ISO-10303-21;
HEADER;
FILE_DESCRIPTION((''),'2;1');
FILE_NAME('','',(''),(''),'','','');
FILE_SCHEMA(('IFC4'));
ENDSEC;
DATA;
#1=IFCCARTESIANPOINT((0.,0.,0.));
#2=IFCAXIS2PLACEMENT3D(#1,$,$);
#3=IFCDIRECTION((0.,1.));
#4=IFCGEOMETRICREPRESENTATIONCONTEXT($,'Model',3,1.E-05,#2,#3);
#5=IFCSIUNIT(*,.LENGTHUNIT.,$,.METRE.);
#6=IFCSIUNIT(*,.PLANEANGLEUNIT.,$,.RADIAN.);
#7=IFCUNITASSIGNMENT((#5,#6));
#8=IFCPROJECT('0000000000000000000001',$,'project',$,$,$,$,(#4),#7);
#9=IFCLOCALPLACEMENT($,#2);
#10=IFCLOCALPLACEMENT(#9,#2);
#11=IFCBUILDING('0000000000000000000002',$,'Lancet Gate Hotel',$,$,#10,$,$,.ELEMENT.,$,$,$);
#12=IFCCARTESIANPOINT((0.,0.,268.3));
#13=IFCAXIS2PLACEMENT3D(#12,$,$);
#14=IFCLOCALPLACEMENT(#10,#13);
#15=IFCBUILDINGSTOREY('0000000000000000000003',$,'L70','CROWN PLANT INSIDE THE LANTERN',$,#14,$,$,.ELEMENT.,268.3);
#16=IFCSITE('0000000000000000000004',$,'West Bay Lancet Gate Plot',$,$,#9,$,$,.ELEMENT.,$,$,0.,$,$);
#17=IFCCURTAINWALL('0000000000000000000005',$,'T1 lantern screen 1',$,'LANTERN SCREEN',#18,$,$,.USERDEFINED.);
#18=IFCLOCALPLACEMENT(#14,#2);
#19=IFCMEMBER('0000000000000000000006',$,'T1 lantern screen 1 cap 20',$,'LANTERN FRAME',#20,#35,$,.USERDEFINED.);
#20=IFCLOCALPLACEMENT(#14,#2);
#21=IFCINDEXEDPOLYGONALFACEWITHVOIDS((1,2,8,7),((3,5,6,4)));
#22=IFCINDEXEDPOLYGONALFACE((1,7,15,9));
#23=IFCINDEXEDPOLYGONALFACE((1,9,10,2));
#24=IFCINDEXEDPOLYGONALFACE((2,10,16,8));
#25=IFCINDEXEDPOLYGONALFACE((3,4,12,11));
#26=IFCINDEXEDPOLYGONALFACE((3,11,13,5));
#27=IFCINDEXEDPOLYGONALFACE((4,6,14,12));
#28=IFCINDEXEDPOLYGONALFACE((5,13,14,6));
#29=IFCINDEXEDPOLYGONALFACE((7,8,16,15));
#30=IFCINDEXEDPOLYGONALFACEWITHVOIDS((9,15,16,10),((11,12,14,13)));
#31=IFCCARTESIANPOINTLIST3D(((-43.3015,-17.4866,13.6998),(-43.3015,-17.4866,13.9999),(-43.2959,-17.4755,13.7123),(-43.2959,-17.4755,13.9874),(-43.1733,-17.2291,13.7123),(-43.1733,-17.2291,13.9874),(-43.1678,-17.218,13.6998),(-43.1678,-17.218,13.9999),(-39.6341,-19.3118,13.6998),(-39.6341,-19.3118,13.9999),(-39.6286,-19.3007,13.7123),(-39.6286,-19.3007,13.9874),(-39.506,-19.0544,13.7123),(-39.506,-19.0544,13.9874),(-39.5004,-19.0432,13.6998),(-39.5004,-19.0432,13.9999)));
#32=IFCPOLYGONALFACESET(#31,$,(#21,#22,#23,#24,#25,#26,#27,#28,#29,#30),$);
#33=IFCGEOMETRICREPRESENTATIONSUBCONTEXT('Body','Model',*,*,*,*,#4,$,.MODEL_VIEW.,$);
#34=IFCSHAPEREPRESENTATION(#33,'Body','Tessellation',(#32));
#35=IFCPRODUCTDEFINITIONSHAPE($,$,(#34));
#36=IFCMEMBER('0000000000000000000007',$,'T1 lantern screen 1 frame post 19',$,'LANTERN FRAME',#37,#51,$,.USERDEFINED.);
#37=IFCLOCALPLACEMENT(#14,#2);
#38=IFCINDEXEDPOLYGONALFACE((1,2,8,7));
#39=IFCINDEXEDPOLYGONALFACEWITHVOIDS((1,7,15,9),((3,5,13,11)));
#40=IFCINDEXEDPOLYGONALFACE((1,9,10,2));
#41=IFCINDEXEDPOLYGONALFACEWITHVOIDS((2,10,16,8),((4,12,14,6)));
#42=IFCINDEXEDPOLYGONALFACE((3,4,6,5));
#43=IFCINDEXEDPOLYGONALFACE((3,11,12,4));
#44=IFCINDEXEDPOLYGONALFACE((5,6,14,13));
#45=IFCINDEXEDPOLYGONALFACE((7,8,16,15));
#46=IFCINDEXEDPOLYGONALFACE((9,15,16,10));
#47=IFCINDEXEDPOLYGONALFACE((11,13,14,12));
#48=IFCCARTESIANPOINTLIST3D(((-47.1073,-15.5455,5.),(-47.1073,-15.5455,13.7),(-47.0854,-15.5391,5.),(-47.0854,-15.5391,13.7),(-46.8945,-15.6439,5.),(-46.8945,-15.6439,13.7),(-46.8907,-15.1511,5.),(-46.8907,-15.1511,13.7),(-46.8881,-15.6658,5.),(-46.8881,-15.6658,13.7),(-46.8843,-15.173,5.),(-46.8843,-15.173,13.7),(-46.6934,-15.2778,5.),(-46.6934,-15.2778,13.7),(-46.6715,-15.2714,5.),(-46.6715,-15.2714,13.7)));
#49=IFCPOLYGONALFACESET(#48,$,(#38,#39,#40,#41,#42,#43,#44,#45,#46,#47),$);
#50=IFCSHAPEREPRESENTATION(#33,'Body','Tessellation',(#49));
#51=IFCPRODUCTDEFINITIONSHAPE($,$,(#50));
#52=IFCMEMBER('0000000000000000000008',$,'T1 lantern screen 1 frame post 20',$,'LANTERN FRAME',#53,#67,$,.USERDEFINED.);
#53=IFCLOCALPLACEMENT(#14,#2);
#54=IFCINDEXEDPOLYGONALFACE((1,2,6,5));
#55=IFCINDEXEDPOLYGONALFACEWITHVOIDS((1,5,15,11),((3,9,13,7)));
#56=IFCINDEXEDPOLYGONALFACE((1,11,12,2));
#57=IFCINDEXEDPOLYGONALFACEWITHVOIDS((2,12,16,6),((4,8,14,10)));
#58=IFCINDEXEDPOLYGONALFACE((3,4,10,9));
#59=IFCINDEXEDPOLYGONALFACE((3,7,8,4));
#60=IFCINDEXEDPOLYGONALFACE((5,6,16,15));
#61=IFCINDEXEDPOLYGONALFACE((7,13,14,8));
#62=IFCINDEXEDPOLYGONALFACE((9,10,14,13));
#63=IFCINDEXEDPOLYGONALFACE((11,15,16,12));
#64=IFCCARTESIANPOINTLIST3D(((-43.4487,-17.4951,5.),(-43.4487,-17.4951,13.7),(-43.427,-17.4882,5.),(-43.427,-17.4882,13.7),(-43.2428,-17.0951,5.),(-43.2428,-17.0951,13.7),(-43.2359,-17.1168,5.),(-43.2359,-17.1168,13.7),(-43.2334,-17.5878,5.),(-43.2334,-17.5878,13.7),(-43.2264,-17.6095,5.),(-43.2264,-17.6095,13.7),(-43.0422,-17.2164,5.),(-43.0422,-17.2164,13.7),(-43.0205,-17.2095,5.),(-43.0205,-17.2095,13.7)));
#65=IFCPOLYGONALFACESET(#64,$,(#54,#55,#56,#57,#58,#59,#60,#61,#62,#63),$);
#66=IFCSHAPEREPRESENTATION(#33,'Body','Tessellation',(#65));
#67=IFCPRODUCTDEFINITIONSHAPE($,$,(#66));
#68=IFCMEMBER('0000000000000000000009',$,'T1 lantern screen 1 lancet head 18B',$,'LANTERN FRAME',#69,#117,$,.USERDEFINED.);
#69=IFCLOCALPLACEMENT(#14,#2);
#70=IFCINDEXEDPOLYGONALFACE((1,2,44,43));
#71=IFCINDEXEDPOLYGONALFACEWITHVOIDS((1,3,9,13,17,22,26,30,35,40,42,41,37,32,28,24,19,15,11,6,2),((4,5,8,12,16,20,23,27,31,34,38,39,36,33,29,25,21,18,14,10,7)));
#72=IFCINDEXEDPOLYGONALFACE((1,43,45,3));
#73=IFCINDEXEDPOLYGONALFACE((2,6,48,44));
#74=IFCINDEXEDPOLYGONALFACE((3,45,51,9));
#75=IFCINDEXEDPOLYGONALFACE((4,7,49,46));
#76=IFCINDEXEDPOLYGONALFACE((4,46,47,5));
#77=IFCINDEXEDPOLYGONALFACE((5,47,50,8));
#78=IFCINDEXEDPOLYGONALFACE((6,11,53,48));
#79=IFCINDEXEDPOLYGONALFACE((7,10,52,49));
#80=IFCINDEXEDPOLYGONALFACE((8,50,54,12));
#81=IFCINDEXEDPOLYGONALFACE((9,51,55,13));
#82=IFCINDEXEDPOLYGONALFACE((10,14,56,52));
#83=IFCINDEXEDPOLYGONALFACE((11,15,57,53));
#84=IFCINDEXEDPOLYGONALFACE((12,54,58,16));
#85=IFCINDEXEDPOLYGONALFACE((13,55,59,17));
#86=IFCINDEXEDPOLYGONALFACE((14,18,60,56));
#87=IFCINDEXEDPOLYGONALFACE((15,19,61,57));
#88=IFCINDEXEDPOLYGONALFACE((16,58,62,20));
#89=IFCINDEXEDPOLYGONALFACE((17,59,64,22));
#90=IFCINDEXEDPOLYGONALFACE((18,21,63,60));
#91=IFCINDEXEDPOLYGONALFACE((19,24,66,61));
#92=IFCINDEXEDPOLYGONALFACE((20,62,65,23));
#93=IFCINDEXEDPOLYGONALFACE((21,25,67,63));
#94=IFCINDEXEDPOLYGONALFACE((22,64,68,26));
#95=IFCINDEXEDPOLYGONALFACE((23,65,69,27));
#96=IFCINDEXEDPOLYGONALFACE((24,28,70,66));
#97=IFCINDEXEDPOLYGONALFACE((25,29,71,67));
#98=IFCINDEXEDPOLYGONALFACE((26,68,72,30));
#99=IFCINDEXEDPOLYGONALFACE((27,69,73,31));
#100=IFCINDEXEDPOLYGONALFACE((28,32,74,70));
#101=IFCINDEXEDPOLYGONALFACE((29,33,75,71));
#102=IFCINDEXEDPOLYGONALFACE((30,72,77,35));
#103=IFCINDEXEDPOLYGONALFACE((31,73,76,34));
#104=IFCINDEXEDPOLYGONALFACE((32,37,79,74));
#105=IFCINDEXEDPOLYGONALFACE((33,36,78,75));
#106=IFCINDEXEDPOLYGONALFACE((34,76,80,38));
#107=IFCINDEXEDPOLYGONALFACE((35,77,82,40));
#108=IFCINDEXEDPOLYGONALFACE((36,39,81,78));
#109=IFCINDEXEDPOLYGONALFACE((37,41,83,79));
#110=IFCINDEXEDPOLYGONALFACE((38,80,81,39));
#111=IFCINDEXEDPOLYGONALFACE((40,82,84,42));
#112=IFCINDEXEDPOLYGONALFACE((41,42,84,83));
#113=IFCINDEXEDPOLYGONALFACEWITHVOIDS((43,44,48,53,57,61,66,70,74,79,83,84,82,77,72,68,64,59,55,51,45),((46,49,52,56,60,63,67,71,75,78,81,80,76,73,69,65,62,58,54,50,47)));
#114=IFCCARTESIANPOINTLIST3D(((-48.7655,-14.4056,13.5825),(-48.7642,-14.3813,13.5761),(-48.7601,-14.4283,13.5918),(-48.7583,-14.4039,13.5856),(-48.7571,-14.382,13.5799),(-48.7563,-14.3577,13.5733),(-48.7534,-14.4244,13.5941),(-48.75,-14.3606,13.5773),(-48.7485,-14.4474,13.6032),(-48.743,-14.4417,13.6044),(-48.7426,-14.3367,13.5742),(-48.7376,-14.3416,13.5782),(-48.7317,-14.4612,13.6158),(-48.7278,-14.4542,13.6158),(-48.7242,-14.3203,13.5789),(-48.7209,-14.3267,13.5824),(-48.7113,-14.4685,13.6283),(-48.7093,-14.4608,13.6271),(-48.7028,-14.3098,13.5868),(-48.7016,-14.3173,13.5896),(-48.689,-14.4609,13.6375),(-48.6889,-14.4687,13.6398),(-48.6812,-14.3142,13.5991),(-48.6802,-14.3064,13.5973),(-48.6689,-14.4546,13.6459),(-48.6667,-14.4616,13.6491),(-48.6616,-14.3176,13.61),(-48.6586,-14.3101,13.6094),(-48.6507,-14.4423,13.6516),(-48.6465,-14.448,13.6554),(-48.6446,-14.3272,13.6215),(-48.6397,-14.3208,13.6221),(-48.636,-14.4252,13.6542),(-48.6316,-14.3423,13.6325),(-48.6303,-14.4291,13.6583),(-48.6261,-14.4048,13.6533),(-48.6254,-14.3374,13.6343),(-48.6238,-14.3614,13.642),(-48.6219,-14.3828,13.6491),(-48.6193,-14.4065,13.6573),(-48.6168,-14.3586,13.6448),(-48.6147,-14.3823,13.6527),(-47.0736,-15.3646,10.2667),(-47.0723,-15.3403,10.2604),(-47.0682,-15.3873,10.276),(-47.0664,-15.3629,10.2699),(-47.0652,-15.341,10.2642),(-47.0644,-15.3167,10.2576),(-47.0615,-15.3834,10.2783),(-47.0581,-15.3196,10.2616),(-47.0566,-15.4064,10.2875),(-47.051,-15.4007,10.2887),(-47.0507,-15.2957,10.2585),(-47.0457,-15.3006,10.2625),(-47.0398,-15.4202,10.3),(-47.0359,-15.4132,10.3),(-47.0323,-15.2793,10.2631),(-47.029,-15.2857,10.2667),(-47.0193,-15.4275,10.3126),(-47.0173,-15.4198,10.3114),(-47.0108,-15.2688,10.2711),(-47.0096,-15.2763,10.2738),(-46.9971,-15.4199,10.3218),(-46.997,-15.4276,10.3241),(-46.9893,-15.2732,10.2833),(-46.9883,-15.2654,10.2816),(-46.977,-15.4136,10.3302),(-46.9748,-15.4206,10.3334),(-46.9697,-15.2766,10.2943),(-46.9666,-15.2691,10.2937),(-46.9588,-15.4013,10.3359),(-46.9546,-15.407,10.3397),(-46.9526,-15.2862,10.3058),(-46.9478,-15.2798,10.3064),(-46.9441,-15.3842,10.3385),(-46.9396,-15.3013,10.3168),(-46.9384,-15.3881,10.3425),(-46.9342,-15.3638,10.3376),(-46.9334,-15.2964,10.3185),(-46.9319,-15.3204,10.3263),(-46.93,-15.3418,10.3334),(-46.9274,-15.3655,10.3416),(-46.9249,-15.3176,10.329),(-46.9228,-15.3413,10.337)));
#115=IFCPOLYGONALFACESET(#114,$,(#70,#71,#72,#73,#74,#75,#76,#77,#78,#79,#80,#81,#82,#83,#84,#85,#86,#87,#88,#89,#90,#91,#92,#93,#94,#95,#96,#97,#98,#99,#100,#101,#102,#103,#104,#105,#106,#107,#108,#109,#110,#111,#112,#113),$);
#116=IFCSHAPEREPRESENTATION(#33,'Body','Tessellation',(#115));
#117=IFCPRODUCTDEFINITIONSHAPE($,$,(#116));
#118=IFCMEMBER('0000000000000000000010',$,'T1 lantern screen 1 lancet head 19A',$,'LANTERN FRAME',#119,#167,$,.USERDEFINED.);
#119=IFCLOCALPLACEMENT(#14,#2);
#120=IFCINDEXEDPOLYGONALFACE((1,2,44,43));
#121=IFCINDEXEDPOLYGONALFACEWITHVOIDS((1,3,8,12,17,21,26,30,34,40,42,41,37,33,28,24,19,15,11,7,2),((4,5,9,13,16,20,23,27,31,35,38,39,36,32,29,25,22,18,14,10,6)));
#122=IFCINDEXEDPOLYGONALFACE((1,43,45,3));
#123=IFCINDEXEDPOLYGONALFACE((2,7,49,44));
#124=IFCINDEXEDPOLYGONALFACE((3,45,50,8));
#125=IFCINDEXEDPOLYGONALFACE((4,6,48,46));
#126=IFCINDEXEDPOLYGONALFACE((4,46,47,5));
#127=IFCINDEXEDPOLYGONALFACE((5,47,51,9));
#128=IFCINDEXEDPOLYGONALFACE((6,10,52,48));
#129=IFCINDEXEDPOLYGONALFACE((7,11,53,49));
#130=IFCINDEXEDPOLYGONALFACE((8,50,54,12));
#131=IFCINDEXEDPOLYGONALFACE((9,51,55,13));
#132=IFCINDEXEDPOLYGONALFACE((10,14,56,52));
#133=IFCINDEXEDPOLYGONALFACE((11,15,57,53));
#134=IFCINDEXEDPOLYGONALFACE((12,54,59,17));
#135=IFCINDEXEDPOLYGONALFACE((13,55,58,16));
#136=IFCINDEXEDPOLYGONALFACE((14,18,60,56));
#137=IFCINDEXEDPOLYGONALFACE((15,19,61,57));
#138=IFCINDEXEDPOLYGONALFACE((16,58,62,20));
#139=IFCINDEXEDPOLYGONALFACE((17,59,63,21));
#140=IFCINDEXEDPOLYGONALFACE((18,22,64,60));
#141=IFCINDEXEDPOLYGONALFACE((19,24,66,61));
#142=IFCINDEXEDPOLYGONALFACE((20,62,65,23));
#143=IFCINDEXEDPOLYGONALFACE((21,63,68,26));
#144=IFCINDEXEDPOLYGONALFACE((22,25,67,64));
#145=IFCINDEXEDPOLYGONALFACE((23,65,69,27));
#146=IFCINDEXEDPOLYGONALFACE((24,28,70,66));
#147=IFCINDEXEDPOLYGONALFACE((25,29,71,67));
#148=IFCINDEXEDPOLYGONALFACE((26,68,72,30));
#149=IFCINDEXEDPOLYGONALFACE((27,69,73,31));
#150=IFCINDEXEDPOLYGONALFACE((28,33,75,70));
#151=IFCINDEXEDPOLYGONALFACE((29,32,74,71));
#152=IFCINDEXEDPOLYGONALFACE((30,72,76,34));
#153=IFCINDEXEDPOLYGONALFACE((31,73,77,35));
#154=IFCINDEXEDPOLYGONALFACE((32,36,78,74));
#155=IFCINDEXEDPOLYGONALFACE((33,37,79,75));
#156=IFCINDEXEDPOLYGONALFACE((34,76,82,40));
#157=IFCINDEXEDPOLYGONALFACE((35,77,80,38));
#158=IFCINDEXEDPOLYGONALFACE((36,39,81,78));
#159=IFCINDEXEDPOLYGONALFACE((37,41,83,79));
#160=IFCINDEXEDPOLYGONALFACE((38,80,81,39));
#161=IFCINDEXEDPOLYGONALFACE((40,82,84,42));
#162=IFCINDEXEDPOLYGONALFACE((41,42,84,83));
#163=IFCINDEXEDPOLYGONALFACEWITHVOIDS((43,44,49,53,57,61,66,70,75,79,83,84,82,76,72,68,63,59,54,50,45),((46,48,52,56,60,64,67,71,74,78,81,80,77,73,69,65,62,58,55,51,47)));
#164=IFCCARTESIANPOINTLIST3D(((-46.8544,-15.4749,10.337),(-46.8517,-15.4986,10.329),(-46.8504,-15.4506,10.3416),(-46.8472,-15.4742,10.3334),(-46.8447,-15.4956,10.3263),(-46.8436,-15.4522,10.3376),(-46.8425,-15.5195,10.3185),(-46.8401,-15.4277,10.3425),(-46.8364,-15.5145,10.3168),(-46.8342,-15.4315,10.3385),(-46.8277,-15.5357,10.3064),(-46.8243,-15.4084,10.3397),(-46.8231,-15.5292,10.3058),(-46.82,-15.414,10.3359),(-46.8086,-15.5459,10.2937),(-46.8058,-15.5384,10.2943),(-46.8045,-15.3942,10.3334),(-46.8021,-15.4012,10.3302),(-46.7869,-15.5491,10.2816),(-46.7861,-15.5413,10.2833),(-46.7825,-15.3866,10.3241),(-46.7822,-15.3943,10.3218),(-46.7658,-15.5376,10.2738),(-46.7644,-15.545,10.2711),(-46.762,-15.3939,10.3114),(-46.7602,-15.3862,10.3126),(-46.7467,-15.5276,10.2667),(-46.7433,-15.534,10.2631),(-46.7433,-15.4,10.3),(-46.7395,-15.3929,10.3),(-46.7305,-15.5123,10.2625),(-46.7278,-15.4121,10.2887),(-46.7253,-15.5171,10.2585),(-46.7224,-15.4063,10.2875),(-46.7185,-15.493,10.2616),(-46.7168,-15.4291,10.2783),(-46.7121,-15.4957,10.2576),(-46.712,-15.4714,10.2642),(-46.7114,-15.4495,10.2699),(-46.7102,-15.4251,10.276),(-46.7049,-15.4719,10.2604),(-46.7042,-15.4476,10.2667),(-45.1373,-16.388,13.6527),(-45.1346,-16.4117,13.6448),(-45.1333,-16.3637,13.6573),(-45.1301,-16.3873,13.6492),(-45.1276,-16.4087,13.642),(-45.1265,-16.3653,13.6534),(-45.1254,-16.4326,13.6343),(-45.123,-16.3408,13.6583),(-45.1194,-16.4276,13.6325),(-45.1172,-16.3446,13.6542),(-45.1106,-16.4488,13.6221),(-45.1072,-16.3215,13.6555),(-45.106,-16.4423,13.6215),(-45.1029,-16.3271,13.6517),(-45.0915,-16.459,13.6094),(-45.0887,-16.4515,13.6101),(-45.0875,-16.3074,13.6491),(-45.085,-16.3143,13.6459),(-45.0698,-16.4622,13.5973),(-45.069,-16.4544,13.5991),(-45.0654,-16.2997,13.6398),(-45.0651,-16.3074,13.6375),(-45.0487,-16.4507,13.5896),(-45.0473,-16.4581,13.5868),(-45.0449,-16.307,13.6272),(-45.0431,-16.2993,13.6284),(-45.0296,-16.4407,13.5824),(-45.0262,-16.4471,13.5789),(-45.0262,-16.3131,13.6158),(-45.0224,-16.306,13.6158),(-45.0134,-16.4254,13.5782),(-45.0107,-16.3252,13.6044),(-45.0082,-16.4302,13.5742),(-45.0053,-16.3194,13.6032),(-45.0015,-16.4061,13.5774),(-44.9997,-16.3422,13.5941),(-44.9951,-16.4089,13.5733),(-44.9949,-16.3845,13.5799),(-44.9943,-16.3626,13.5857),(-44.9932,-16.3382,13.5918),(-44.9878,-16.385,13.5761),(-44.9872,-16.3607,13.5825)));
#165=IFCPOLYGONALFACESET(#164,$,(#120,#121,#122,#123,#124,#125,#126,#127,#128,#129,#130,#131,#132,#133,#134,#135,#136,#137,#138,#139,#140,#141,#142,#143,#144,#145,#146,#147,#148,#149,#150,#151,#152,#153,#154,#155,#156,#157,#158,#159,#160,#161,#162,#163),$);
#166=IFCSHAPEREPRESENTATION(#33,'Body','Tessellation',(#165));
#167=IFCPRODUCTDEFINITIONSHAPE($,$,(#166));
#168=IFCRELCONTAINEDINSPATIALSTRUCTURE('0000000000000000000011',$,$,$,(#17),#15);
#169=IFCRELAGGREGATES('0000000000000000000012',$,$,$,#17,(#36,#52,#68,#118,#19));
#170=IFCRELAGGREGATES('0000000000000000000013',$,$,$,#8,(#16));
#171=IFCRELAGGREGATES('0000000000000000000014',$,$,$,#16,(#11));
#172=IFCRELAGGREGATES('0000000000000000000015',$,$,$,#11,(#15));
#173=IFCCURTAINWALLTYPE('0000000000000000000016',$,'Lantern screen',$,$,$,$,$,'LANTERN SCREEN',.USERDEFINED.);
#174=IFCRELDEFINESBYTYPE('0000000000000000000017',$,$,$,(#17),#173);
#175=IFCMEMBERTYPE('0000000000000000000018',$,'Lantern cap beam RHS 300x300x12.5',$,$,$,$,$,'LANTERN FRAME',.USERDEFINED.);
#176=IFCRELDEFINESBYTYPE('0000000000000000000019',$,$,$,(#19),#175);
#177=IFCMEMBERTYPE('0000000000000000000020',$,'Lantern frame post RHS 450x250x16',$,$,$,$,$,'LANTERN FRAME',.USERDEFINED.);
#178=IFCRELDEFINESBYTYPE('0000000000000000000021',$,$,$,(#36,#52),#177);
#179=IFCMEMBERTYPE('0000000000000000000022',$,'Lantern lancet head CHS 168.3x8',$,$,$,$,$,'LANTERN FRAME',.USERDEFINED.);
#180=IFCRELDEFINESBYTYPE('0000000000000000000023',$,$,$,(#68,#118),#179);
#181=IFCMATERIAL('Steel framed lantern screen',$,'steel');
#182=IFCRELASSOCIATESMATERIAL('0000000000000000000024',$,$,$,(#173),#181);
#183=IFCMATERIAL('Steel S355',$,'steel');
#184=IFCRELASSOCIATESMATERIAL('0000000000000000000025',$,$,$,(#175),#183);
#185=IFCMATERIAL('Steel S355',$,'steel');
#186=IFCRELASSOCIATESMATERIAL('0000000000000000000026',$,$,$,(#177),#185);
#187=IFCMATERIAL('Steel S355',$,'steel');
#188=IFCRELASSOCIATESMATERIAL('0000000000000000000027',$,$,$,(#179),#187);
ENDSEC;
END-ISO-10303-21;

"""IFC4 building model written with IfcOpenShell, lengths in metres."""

from ifc_helpers import new_model, si_unit, direction, frame, origin, origin_2d, place, context, subcontext, project, spatial, hollow_rectangle, hollow_circle, extrude, material, material_profile, profile_set, type_object, element, aggregate, save


model = new_model("IFC4")

# Units and contexts
model_context = context("Model", 3, precision=1e-05, world=origin(), true_north=direction((0.0, 1.0)))
body_context = subcontext(model_context, "Body", "Model", "MODEL_VIEW")
ifc_project = project(units=[si_unit("LENGTHUNIT", "METRE"), si_unit("PLANEANGLEUNIT", "RADIAN")], contexts=[model_context])

# Site, building, storey
site_placement = place(None, origin())
site = spatial("IfcSite", under=ifc_project, at=site_placement, Name="West Bay Lancet Gate Plot", CompositionType="ELEMENT", RefElevation=0.0)
building_placement = place(site_placement, origin())
building = spatial("IfcBuilding", under=site, at=building_placement, Name="Lancet Gate Hotel", CompositionType="ELEMENT")
storey_placement = place(building_placement, frame((0.0, 0.0, 268.3)))
storey = spatial("IfcBuildingStorey", under=building, at=storey_placement, Name="L70", Description="CROWN PLANT INSIDE THE LANTERN", CompositionType="ELEMENT", Elevation=268.3)

# Curtain wall, members
ifc_material_1 = material(Name="Steel framed lantern screen", Category="steel")
curtain_wall_type_1 = type_object("IfcCurtainWallType", Name="Lantern screen", ElementType="LANTERN SCREEN", PredefinedType="USERDEFINED", material=ifc_material_1)
curtain_wall_1_placement = place(storey_placement, origin())
curtain_wall_1 = element("IfcCurtainWall", 1, at=curtain_wall_1_placement, inside=storey, type_object=curtain_wall_type_1, Name="T1 lantern screen 1", ObjectType="LANTERN SCREEN", PredefinedType="USERDEFINED")
ifc_material_2 = material(Name="Steel S355", Category="steel")
ifc_material_profile_1 = material_profile(ifc_material_2, hollow_rectangle(XDim=0.3, YDim=0.3, WallThickness=0.0125, at=origin_2d()), Name="RHS 300x300x12.5")
ifc_profile_set_1 = profile_set([ifc_material_profile_1], Name="Steel S355")
member_type_1 = type_object("IfcMemberType", Name="Lantern cap beam RHS 300x300x12.5", ElementType="LANTERN FRAME", PredefinedType="USERDEFINED", material=ifc_profile_set_1)
member_1_placement = place(storey_placement, frame((-43.2346, -17.3523, 13.8499), z_axis=(0.895248, -0.445568, 0.0), x_axis=(0.445568, 0.895248, 0.0)))
member_1 = element("IfcMember", 2, at=member_1_placement, type_object=member_type_1, Name="T1 lantern screen 1 cap 20", ObjectType="LANTERN FRAME", PredefinedType="USERDEFINED", context=body_context, shape_type="SweptSolid", body=[
    extrude(hollow_rectangle(XDim=0.3, YDim=0.3, WallThickness=0.0125, at=origin_2d()), origin(), (0.0, 0.0, 1.0), 4.0964),
])
ifc_material_3 = material(Name="Steel S355", Category="steel")
ifc_material_profile_2 = material_profile(ifc_material_3, hollow_rectangle(XDim=0.25, YDim=0.45, WallThickness=0.0161, at=origin_2d()), Name="RHS 450x250x16")
ifc_profile_set_2 = profile_set([ifc_material_profile_2], Name="Steel S355")
member_type_2 = type_object("IfcMemberType", Name="Lantern frame post RHS 450x250x16", ElementType="LANTERN FRAME", PredefinedType="USERDEFINED", material=ifc_profile_set_2)
member_2_placement = place(storey_placement, frame((-46.8894, -15.4084, 5.0), z_axis=(0.0, 0.0, 1.0), x_axis=(0.876516, -0.481372, 0.0)))
member_2 = element("IfcMember", 3, at=member_2_placement, type_object=member_type_2, Name="T1 lantern screen 1 frame post 19", ObjectType="LANTERN FRAME", PredefinedType="USERDEFINED", context=body_context, shape_type="SweptSolid", body=[
    extrude(hollow_rectangle(XDim=0.25, YDim=0.45, WallThickness=0.0161, at=origin_2d()), origin(), (0.0, 0.0, 1.0), 8.7),
])
member_3_placement = place(storey_placement, frame((-43.2346, -17.3523, 5.0), z_axis=(0.0, 0.0, 1.0), x_axis=(0.889156, -0.457605, 0.0)))
member_3 = element("IfcMember", 4, at=member_3_placement, type_object=member_type_2, Name="T1 lantern screen 1 frame post 20", ObjectType="LANTERN FRAME", PredefinedType="USERDEFINED", context=body_context, shape_type="SweptSolid", body=[
    extrude(hollow_rectangle(XDim=0.25, YDim=0.45, WallThickness=0.0161, at=origin_2d()), origin(), (0.0, 0.0, 1.0), 8.7),
])
ifc_material_4 = material(Name="Steel S355", Category="steel")
ifc_material_profile_3 = material_profile(ifc_material_4, hollow_circle(Radius=0.0842, WallThickness=0.0081, at=origin_2d()), Name="CHS 168.3x8.0")
ifc_profile_set_3 = profile_set([ifc_material_profile_3], Name="Steel S355")
member_type_3 = type_object("IfcMemberType", Name="Lantern lancet head CHS 168.3x8", ElementType="LANTERN FRAME", PredefinedType="USERDEFINED", material=ifc_profile_set_3)
member_4_placement = place(storey_placement, frame((-46.9983, -15.3469, 10.3), z_axis=(-0.440146, 0.24948, 0.862572), x_axis=(-0.493108, -0.869968, 0.0)))
member_4 = element("IfcMember", 5, at=member_4_placement, type_object=member_type_3, Name="T1 lantern screen 1 lancet head 18B", ObjectType="LANTERN FRAME", PredefinedType="USERDEFINED", context=body_context, shape_type="SweptSolid", body=[
    extrude(hollow_circle(Radius=0.0842, WallThickness=0.0081, at=origin_2d()), origin(), (0.0, 0.0, 1.0), 3.844),
])
member_5_placement = place(storey_placement, frame((-46.7791, -15.4673, 10.3), z_axis=(0.446691, -0.237541, 0.862578), x_axis=(0.469519, 0.882922, 0.0)))
member_5 = element("IfcMember", 6, at=member_5_placement, type_object=member_type_3, Name="T1 lantern screen 1 lancet head 19A", ObjectType="LANTERN FRAME", PredefinedType="USERDEFINED", context=body_context, shape_type="SweptSolid", body=[
    extrude(hollow_circle(Radius=0.0842, WallThickness=0.0081, at=origin_2d()), origin(), (0.0, 0.0, 1.0), 3.844),
])

aggregate(curtain_wall_1, [member_2, member_3, member_4, member_5, member_1])

save(model, "model.ifc")
